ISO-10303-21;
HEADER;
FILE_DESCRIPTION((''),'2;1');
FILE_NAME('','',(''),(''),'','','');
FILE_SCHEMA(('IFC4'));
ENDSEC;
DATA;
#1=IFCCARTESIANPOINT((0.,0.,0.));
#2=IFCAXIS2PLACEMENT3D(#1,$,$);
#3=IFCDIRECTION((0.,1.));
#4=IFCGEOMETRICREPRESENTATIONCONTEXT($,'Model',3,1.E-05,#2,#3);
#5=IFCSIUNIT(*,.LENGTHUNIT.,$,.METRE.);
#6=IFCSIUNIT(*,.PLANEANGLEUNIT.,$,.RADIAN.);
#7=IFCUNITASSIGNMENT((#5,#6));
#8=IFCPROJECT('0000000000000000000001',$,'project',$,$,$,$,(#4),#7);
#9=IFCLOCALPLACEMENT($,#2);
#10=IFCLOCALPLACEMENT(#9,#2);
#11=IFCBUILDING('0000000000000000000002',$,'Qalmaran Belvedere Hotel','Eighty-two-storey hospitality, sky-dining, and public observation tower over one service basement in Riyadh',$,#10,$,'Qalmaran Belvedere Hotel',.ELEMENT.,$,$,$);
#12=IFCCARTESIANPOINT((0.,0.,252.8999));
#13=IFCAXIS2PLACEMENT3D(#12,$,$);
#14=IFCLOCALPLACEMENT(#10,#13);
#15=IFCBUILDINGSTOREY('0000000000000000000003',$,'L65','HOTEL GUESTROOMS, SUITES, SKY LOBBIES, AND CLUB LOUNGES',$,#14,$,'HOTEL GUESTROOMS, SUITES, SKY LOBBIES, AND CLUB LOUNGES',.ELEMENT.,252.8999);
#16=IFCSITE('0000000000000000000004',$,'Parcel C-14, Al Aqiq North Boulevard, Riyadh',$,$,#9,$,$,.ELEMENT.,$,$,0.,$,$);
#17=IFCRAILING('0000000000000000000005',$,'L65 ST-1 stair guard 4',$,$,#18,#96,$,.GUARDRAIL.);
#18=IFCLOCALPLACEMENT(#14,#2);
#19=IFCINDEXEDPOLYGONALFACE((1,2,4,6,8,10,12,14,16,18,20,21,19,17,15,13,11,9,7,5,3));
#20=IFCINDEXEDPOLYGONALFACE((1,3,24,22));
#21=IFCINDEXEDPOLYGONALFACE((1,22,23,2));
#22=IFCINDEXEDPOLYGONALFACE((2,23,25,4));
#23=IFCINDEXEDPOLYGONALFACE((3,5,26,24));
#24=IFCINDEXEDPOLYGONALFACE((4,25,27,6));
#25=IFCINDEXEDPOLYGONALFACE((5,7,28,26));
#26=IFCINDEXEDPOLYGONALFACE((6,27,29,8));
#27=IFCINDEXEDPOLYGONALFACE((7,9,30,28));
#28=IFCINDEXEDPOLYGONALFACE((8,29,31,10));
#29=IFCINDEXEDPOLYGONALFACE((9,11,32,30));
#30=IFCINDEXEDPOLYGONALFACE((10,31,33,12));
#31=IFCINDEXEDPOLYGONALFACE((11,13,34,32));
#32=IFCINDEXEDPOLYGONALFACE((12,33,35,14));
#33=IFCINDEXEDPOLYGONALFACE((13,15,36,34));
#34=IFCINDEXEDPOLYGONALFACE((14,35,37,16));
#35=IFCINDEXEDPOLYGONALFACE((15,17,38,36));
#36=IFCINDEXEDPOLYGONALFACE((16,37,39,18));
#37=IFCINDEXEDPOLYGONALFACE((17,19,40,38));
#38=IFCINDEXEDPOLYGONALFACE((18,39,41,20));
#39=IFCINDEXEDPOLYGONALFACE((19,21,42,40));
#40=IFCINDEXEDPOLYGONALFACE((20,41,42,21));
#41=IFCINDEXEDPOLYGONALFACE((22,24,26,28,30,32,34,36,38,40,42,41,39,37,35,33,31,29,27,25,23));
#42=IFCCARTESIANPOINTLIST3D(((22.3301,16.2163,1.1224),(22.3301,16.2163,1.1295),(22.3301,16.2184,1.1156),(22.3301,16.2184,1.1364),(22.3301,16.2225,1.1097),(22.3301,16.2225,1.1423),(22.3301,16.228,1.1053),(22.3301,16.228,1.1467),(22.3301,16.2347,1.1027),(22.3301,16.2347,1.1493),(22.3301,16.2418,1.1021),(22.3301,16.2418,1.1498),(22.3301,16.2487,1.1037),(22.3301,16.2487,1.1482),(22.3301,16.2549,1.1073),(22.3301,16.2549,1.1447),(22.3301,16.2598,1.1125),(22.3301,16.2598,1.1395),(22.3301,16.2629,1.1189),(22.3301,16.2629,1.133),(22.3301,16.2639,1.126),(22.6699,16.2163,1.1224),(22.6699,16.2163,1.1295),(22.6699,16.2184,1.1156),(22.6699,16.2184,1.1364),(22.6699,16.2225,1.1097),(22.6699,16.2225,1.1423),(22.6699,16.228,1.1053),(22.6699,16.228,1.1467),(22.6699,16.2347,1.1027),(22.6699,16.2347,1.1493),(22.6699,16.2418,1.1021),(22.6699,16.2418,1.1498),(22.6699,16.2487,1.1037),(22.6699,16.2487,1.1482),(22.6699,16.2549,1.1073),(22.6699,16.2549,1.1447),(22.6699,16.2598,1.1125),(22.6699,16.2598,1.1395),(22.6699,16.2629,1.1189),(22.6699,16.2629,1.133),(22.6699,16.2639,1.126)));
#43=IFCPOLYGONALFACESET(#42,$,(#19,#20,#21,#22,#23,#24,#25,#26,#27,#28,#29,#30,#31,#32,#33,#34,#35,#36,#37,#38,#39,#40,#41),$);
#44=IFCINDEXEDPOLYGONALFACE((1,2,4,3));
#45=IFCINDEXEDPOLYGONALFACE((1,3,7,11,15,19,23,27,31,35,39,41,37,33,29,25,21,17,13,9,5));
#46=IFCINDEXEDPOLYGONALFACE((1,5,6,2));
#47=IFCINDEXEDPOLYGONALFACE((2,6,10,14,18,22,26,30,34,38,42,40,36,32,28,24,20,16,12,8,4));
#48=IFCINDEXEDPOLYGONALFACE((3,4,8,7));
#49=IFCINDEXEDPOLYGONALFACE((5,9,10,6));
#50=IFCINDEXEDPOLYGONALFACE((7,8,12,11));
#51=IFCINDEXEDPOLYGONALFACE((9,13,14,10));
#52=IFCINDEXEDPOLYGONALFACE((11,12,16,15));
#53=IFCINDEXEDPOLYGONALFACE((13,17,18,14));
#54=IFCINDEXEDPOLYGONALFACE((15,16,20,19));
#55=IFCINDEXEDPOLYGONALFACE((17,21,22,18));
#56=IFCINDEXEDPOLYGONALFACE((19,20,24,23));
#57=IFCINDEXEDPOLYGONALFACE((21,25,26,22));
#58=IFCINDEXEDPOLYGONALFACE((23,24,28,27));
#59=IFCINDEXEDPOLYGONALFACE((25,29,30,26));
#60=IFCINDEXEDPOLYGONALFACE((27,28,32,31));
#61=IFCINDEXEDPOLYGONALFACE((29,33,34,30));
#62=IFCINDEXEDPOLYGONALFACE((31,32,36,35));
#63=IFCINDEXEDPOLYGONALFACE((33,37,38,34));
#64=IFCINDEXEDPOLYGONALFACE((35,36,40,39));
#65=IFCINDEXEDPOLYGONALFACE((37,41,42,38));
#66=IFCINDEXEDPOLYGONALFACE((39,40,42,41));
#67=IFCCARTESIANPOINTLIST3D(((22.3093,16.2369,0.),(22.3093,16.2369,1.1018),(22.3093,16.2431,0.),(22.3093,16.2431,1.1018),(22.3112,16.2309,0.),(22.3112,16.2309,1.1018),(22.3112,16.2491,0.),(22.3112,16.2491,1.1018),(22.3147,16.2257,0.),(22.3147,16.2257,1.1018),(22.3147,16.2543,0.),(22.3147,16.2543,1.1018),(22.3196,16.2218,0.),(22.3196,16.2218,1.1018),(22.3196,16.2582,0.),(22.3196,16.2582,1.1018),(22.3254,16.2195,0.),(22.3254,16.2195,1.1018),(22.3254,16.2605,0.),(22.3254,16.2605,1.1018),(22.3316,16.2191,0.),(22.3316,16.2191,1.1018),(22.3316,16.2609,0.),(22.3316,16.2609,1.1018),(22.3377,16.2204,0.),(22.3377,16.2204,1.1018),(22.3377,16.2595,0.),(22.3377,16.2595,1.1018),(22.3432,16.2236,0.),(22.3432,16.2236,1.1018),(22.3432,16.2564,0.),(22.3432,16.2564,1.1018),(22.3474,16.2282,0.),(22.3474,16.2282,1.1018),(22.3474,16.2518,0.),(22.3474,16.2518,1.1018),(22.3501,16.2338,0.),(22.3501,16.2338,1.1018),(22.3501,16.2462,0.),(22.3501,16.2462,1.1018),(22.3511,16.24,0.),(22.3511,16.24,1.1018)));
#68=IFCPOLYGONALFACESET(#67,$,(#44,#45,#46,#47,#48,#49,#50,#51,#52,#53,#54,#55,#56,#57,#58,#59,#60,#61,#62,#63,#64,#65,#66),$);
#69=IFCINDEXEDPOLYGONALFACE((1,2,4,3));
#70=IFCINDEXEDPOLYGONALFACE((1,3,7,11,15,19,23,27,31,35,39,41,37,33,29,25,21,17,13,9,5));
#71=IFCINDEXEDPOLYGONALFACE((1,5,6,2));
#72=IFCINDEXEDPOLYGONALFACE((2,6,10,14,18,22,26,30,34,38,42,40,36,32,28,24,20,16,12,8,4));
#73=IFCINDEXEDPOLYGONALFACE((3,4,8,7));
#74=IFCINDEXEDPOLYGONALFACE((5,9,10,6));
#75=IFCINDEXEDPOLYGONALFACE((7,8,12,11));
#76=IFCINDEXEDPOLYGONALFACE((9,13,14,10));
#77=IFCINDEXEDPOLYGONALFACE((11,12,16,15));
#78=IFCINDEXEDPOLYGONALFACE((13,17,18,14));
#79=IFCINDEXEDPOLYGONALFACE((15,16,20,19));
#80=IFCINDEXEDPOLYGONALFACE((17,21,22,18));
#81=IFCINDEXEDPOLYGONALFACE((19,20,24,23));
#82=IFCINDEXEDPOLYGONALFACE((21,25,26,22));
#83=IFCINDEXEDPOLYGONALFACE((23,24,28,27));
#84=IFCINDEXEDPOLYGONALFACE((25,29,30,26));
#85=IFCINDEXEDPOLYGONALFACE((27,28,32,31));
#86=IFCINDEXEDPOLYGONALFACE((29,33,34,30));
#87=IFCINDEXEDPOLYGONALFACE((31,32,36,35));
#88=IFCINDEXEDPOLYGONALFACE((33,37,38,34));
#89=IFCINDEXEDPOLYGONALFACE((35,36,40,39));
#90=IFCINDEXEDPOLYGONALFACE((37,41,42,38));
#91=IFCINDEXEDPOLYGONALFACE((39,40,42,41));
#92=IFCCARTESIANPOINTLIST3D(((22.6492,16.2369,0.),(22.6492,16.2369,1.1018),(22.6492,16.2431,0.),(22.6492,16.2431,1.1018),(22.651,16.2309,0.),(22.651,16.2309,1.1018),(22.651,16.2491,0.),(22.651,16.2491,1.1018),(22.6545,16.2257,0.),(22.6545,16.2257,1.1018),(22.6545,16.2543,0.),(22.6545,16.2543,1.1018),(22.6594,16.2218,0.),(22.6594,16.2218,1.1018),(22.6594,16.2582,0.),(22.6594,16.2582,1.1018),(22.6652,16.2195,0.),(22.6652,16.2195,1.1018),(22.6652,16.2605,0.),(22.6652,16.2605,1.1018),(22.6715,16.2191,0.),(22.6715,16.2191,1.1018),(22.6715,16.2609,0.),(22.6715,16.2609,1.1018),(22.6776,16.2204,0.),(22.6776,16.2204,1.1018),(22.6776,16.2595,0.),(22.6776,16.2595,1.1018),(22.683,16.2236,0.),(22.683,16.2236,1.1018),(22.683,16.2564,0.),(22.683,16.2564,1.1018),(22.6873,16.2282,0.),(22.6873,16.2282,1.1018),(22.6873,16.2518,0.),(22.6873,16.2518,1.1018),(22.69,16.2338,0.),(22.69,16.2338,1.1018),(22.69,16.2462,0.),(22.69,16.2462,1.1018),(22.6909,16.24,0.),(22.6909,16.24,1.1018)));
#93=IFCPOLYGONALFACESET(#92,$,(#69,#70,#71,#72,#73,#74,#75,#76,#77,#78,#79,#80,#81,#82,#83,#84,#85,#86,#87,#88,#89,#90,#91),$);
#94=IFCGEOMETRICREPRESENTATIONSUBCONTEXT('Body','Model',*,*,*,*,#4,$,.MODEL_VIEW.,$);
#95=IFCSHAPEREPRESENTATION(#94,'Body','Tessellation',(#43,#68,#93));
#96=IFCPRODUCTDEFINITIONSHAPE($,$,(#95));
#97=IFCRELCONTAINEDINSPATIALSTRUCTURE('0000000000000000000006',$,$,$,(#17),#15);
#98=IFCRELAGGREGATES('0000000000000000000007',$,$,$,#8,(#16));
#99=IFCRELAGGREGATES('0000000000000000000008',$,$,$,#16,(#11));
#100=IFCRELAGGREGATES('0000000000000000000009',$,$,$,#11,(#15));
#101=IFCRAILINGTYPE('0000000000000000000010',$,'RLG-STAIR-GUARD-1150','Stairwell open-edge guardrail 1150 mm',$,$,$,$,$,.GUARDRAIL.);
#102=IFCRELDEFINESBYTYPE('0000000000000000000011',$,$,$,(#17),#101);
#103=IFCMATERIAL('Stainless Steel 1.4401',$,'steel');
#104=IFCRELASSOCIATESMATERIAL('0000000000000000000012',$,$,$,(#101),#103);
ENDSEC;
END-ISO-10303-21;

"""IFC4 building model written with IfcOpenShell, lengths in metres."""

from ifc_helpers import new_model, si_unit, direction, frame, origin, origin_2d, place, context, subcontext, project, spatial, circle, extrude, material, type_object, element, save


model = new_model("IFC4")

# Units and contexts
model_context = context("Model", 3, precision=1e-05, world=origin(), true_north=direction((0.0, 1.0)))
body_context = subcontext(model_context, "Body", "Model", "MODEL_VIEW")
ifc_project = project(units=[si_unit("LENGTHUNIT", "METRE"), si_unit("PLANEANGLEUNIT", "RADIAN")], contexts=[model_context])

# Site, building, storey
site_placement = place(None, origin())
site = spatial("IfcSite", under=ifc_project, at=site_placement, Name="Parcel C-14, Al Aqiq North Boulevard, Riyadh", CompositionType="ELEMENT", RefElevation=0.0)
building_placement = place(site_placement, origin())
building = spatial("IfcBuilding", under=site, at=building_placement, Name="Qalmaran Belvedere Hotel", Description="Eighty-two-storey hospitality, sky-dining, and public observation tower over one service basement in Riyadh", LongName="Qalmaran Belvedere Hotel", CompositionType="ELEMENT")
storey_placement = place(building_placement, frame((0.0, 0.0, 252.8999)))
storey = spatial("IfcBuildingStorey", under=building, at=storey_placement, Name="L65", Description="HOTEL GUESTROOMS, SUITES, SKY LOBBIES, AND CLUB LOUNGES", LongName="HOTEL GUESTROOMS, SUITES, SKY LOBBIES, AND CLUB LOUNGES", CompositionType="ELEMENT", Elevation=252.8999)

# Shared definitions
ifc_material_1 = material(Name="Stainless Steel 1.4401", Category="steel")

# Railing
railing_type_1 = type_object("IfcRailingType", Name="RLG-STAIR-GUARD-1150", Description="Stairwell open-edge guardrail 1150 mm", PredefinedType="GUARDRAIL", material=ifc_material_1)
railing_1_placement = place(storey_placement, frame((22.3301, 16.24, 0.0)))
element("IfcRailing", 1, at=railing_1_placement, inside=storey, type_object=railing_type_1, Name="L65 ST-1 stair guard 4", PredefinedType="GUARDRAIL", context=body_context, shape_type="SweptSolid", body=[
    extrude(circle(Radius=0.0239, at=origin_2d()), frame((0.0, 0.0, 1.126), z_axis=(1.0, 0.0, 0.0), x_axis=(0.0, 1.0, 0.0)), (0.0, 0.0, 1.0), 0.3398),
    extrude(circle(Radius=0.021, at=origin_2d()), origin(), (0.0, 0.0, 1.0), 1.1018),
    extrude(circle(Radius=0.021, at=origin_2d()), frame((0.3398, 0.0, 0.0)), (0.0, 0.0, 1.0), 1.1018),
])

save(model, "model.ifc")
